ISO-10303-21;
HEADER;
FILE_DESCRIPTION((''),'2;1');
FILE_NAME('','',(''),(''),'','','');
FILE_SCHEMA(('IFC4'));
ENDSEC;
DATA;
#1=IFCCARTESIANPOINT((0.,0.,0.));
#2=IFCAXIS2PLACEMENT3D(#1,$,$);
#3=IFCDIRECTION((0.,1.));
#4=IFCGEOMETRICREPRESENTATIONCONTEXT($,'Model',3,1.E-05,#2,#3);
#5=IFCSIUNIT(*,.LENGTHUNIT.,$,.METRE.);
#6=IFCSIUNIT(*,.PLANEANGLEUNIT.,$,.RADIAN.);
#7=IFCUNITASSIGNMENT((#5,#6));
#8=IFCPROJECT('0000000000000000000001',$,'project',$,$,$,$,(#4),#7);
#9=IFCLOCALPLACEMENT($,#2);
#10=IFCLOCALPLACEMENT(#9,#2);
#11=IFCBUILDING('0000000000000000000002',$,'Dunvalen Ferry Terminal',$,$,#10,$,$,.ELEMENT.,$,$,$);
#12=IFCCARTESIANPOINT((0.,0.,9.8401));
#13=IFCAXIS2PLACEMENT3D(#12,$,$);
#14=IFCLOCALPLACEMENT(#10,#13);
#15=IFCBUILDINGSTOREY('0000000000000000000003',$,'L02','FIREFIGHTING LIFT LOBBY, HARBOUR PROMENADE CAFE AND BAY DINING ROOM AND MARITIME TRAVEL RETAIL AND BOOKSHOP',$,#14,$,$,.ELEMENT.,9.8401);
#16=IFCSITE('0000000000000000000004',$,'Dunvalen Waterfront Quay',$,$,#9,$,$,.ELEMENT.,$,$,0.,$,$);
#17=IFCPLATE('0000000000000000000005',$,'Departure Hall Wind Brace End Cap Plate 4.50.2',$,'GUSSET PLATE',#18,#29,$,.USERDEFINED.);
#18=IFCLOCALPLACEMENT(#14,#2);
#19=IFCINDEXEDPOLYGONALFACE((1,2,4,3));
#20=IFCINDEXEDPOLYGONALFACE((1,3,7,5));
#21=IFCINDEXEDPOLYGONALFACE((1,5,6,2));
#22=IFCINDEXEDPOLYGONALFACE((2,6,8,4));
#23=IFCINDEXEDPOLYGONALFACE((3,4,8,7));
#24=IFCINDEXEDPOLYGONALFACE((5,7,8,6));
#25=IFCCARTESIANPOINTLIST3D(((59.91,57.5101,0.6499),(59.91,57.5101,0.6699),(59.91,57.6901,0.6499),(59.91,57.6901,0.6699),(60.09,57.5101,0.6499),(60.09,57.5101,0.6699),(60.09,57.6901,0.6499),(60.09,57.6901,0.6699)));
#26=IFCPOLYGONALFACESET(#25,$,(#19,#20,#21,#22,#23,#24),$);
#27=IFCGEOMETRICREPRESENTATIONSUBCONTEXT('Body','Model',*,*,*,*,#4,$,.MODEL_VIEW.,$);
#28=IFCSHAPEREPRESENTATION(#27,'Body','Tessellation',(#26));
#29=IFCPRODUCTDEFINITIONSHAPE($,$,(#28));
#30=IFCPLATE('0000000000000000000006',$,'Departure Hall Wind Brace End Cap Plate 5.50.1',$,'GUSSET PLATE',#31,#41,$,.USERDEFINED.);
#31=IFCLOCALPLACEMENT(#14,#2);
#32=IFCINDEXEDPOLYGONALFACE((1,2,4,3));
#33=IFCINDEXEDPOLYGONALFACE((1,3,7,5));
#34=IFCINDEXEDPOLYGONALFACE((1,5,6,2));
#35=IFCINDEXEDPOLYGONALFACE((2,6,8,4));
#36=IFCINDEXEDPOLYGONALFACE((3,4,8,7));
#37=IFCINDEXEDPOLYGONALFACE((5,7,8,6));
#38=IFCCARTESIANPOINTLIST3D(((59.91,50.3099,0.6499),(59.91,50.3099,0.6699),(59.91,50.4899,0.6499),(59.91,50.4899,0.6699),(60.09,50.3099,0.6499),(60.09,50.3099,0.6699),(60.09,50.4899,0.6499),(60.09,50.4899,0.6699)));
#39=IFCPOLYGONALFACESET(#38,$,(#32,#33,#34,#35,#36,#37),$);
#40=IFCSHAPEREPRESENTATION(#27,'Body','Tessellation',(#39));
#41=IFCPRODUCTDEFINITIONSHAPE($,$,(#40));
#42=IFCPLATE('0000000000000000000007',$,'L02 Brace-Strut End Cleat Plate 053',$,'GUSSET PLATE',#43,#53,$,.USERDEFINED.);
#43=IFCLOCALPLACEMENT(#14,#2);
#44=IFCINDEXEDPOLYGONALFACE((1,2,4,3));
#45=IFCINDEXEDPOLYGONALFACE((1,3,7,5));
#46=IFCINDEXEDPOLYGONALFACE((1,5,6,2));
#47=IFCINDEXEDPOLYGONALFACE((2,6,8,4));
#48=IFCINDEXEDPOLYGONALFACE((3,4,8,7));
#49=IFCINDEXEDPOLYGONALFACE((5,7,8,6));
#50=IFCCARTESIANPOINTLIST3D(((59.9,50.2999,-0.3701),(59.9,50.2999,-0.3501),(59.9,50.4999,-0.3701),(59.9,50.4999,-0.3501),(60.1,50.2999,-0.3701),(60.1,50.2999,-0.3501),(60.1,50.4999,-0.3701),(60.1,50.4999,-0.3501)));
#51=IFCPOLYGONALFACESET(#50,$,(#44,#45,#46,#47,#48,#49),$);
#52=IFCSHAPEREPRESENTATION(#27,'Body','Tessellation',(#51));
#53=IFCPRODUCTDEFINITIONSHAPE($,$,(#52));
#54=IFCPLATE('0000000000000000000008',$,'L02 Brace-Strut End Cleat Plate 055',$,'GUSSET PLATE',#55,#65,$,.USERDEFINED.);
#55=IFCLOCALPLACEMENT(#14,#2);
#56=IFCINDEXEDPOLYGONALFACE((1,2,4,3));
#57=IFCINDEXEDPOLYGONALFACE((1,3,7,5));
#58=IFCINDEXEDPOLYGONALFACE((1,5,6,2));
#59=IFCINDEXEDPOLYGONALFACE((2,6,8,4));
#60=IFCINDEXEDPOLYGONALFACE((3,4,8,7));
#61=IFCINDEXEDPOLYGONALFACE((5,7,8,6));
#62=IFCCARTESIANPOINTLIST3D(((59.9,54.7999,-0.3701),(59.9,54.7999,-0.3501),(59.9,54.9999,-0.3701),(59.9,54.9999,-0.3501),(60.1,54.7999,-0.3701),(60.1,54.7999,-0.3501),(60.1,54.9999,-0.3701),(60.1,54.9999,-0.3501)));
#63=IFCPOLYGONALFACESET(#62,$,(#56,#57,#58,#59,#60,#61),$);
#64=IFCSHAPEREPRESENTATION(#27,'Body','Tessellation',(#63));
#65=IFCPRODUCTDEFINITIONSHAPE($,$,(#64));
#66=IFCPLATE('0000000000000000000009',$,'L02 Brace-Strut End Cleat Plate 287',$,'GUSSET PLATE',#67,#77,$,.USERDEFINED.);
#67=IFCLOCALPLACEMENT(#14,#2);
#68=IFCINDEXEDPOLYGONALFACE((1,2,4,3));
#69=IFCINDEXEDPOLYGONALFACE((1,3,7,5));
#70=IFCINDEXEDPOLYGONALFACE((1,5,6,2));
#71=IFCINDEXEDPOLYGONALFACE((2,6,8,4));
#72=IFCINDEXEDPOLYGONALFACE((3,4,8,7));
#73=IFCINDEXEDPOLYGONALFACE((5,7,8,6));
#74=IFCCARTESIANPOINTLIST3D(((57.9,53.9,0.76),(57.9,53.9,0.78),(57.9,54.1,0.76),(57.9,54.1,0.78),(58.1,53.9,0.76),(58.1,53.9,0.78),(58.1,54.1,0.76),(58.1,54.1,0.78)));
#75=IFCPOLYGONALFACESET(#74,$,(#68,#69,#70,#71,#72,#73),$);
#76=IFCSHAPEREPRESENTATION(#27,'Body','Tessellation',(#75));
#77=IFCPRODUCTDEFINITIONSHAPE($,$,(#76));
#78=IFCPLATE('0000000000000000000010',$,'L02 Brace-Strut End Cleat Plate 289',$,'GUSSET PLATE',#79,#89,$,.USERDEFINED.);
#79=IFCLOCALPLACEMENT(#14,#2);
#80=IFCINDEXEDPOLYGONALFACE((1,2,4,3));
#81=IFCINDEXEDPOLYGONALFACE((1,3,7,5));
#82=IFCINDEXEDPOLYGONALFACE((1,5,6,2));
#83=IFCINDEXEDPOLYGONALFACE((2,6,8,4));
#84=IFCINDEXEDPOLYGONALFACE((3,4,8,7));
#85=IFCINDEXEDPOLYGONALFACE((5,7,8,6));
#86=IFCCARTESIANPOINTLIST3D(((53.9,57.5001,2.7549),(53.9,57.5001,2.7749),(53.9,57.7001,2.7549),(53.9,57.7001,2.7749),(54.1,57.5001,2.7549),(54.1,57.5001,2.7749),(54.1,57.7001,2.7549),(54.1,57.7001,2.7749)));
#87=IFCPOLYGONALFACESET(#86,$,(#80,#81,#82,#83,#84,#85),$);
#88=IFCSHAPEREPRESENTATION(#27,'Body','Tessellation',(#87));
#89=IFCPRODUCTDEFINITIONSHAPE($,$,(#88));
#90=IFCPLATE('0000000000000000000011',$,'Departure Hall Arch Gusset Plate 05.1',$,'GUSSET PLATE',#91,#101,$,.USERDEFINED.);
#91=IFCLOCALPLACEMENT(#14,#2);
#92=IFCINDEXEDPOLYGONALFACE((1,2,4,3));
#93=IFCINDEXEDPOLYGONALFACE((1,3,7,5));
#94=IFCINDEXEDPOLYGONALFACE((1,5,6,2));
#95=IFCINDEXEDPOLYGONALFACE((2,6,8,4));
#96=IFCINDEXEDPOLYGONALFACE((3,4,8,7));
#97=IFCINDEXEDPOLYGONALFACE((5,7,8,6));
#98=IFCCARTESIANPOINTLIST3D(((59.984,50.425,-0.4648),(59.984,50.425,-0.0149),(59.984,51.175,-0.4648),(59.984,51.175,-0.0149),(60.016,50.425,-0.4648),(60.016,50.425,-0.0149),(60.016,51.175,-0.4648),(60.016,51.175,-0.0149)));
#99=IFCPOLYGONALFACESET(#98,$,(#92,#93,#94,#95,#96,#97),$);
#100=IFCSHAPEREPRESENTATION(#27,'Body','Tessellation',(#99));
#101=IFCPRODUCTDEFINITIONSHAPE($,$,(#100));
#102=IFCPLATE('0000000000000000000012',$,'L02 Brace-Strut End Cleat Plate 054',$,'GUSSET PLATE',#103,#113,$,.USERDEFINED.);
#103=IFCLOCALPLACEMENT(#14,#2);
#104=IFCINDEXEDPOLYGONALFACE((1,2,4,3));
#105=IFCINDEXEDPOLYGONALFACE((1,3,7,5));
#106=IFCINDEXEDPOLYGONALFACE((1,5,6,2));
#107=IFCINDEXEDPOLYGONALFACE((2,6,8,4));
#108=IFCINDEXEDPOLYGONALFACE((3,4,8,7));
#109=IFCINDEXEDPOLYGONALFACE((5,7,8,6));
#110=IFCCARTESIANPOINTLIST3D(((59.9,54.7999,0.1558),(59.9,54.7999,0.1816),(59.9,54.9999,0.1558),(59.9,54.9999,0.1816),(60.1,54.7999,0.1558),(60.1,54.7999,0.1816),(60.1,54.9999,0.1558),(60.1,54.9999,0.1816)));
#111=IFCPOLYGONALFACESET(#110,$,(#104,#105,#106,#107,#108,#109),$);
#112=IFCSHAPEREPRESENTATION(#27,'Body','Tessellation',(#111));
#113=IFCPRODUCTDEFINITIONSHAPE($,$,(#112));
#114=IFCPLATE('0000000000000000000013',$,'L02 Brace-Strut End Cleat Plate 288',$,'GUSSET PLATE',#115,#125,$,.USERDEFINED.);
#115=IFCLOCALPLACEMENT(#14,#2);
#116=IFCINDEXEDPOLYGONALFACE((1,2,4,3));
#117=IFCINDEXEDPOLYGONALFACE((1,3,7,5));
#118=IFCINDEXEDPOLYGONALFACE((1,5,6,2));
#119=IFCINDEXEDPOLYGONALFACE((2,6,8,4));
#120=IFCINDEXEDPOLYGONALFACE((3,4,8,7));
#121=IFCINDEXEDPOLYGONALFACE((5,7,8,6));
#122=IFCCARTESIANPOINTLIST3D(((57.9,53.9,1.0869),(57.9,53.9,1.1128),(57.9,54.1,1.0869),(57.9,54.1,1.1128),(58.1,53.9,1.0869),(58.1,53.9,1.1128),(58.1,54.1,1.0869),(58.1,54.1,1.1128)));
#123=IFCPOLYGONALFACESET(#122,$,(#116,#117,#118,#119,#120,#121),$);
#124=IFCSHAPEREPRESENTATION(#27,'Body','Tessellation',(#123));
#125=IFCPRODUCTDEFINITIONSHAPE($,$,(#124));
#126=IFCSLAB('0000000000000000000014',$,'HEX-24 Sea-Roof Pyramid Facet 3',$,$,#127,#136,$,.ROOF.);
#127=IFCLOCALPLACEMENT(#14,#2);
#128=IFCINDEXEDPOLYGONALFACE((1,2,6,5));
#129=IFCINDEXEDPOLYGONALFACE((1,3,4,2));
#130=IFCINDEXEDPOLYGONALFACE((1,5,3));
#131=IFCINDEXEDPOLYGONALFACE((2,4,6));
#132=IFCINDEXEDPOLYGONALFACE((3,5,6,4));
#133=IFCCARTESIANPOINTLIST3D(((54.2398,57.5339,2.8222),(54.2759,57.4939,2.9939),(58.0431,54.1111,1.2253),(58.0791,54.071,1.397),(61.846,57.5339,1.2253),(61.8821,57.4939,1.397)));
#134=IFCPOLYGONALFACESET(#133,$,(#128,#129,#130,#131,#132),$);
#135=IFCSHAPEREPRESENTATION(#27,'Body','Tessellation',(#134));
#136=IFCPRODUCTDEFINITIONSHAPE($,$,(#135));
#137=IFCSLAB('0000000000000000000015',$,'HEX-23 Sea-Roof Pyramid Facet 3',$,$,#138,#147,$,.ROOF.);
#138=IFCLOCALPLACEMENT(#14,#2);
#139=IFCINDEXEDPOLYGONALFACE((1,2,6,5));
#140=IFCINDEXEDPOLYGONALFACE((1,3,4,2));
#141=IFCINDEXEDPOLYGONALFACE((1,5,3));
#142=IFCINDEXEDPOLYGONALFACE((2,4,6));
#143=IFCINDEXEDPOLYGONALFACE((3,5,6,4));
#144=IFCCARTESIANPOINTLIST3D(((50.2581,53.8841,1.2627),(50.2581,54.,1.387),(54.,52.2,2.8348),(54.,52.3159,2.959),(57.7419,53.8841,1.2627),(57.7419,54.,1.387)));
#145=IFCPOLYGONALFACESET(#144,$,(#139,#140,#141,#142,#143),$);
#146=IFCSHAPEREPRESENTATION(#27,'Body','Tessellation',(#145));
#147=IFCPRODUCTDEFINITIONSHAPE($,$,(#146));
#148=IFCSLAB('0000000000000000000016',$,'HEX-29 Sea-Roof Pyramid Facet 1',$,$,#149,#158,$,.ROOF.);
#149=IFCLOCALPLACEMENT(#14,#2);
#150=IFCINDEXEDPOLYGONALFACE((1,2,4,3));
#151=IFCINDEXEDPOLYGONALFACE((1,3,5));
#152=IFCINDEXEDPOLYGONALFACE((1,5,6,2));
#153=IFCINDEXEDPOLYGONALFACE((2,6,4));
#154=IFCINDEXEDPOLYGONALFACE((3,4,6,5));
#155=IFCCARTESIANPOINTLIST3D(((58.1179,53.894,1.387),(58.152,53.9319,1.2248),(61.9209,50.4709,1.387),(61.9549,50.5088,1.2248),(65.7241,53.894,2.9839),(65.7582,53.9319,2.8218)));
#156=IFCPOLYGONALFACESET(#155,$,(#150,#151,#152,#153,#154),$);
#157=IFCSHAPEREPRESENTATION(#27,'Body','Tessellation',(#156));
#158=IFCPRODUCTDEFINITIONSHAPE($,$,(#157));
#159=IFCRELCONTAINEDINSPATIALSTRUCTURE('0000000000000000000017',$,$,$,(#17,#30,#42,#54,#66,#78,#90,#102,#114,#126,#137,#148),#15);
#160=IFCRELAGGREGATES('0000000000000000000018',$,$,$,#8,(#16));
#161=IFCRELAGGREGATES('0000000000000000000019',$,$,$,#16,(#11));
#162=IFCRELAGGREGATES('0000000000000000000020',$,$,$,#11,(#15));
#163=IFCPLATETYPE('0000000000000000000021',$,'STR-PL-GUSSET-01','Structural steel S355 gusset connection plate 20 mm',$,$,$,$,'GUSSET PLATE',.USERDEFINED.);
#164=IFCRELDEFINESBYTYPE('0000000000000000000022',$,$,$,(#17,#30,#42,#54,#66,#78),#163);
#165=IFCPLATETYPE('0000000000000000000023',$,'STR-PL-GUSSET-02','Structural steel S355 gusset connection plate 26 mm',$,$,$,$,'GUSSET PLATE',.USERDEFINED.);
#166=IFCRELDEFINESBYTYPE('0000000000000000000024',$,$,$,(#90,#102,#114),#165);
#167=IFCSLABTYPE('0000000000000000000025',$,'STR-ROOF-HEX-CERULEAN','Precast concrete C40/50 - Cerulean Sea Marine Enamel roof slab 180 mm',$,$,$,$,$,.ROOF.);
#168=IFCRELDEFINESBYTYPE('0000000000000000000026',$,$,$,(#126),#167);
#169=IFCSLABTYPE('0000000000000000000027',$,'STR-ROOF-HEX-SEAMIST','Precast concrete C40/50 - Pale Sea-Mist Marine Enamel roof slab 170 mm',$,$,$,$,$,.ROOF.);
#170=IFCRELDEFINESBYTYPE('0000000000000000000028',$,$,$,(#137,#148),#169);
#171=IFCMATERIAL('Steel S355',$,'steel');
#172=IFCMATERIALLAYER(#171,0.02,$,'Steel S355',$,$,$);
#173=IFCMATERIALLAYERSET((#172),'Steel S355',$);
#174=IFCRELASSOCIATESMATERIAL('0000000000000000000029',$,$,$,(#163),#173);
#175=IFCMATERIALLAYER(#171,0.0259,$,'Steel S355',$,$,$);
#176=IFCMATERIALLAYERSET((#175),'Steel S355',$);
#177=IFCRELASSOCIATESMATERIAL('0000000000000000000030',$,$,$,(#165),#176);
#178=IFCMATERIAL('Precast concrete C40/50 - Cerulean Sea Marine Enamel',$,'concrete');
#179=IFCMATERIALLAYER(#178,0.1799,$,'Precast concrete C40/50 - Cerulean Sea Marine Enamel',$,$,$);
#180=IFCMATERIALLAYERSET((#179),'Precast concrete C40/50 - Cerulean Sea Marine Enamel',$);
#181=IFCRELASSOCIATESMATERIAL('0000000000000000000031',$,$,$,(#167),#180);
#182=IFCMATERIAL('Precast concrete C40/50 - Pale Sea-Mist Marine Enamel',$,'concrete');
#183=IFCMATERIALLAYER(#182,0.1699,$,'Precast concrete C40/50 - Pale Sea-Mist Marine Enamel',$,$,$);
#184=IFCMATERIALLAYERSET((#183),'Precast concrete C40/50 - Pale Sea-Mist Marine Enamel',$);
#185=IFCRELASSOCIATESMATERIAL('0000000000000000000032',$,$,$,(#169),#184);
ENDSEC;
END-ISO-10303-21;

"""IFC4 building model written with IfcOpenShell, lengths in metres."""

from ifc_helpers import new_model, si_unit, direction, frame, origin, origin_2d, place, context, subcontext, project, spatial, polyline, rectangle, outline, extrude, material, layer, layer_set, type_object, element, save


model = new_model("IFC4")

# Units and contexts
model_context = context("Model", 3, precision=1e-05, world=origin(), true_north=direction((0.0, 1.0)))
body_context = subcontext(model_context, "Body", "Model", "MODEL_VIEW")
ifc_project = project(units=[si_unit("LENGTHUNIT", "METRE"), si_unit("PLANEANGLEUNIT", "RADIAN")], contexts=[model_context])

# Site, building, storey
site_placement = place(None, origin())
site = spatial("IfcSite", under=ifc_project, at=site_placement, Name="Dunvalen Waterfront Quay", CompositionType="ELEMENT", RefElevation=0.0)
building_placement = place(site_placement, origin())
building = spatial("IfcBuilding", under=site, at=building_placement, Name="Dunvalen Ferry Terminal", CompositionType="ELEMENT")
storey_placement = place(building_placement, frame((0.0, 0.0, 9.8401)))
storey = spatial("IfcBuildingStorey", under=building, at=storey_placement, Name="L02", Description="FIREFIGHTING LIFT LOBBY, HARBOUR PROMENADE CAFE AND BAY DINING ROOM AND MARITIME TRAVEL RETAIL AND BOOKSHOP", CompositionType="ELEMENT", Elevation=9.8401)

# Shared definitions
ifc_material_1 = material(Name="Steel S355", Category="steel")

# Plates
ifc_layer_1 = layer(ifc_material_1, 0.02, Name="Steel S355")
ifc_layer_set_1 = layer_set([ifc_layer_1], Name="Steel S355")
plate_type_1 = type_object("IfcPlateType", Name="STR-PL-GUSSET-01", Description="Structural steel S355 gusset connection plate 20 mm", ElementType="GUSSET PLATE", PredefinedType="USERDEFINED", material=ifc_layer_set_1)
for number, where, z_axis, x_axis, name in (
    (1, (60.0, 57.6001, 0.6499), (0.0, 0.0, 1.0), (1.0, 0.0, 0.0), "Departure Hall Wind Brace End Cap Plate 4.50.2"),
    (2, (60.0, 50.3999, 0.6499), (0.0, 0.0, 1.0), (1.0, 0.0, 0.0), "Departure Hall Wind Brace End Cap Plate 5.50.1"),
):
    element("IfcPlate", number, at=place(storey_placement, frame(where, z_axis=z_axis, x_axis=x_axis)), inside=storey, type_object=plate_type_1, Name=name, ObjectType="GUSSET PLATE", PredefinedType="USERDEFINED", context=body_context, shape_type="SweptSolid", body=[
        extrude(rectangle(XDim=0.1799, YDim=0.1799, at=origin_2d()), origin(), (0.0, 0.0, 1.0), 0.02),
    ])
for number, where, z_axis, x_axis, name in (
    (3, (60.0, 50.3999, -0.3701), (0.0, 0.0, 1.0), (1.0, 0.0, 0.0), "L02 Brace-Strut End Cleat Plate 053"),
    (4, (60.0, 54.8999, -0.3701), (0.0, 0.0, 1.0), (1.0, 0.0, 0.0), "L02 Brace-Strut End Cleat Plate 055"),
    (5, (58.0, 54.0, 0.76), (0.0, 0.0, 1.0), (1.0, 0.0, 0.0), "L02 Brace-Strut End Cleat Plate 287"),
    (6, (54.0, 57.6001, 2.7549), (0.0, 0.0, 1.0), (1.0, 0.0, 0.0), "L02 Brace-Strut End Cleat Plate 289"),
):
    element("IfcPlate", number, at=place(storey_placement, frame(where, z_axis=z_axis, x_axis=x_axis)), inside=storey, type_object=plate_type_1, Name=name, ObjectType="GUSSET PLATE", PredefinedType="USERDEFINED", context=body_context, shape_type="SweptSolid", body=[
        extrude(rectangle(XDim=0.2, YDim=0.2, at=origin_2d()), origin(), (0.0, 0.0, 1.0), 0.02),
    ])
ifc_layer_2 = layer(ifc_material_1, 0.0259, Name="Steel S355")
ifc_layer_set_2 = layer_set([ifc_layer_2], Name="Steel S355")
plate_type_2 = type_object("IfcPlateType", Name="STR-PL-GUSSET-02", Description="Structural steel S355 gusset connection plate 26 mm", ElementType="GUSSET PLATE", PredefinedType="USERDEFINED", material=ifc_layer_set_2)
plate_1_placement = place(storey_placement, frame((60.0, 50.8, -0.4648), z_axis=(0.0, 0.0, 1.0), x_axis=(1.0, 0.0, 0.0)))
element("IfcPlate", 7, at=plate_1_placement, inside=storey, type_object=plate_type_2, Name="Departure Hall Arch Gusset Plate 05.1", ObjectType="GUSSET PLATE", PredefinedType="USERDEFINED", context=body_context, shape_type="SweptSolid", body=[
    extrude(rectangle(XDim=0.032, YDim=0.75, at=origin_2d()), origin(), (0.0, 0.0, 1.0), 0.45),
])
for number, where, z_axis, x_axis, name in (
    (8, (60.0, 54.8999, 0.1558), (0.0, 0.0, 1.0), (1.0, 0.0, 0.0), "L02 Brace-Strut End Cleat Plate 054"),
    (9, (58.0, 54.0, 1.0869), (0.0, 0.0, 1.0), (1.0, 0.0, 0.0), "L02 Brace-Strut End Cleat Plate 288"),
):
    element("IfcPlate", number, at=place(storey_placement, frame(where, z_axis=z_axis, x_axis=x_axis)), inside=storey, type_object=plate_type_2, Name=name, ObjectType="GUSSET PLATE", PredefinedType="USERDEFINED", context=body_context, shape_type="SweptSolid", body=[
        extrude(rectangle(XDim=0.2, YDim=0.2, at=origin_2d()), origin(), (0.0, 0.0, 1.0), 0.0259),
    ])

# Slabs
ifc_material_2 = material(Name="Precast concrete C40/50 - Cerulean Sea Marine Enamel", Category="concrete")
ifc_layer_3 = layer(ifc_material_2, 0.1799, Name="Precast concrete C40/50 - Cerulean Sea Marine Enamel")
ifc_layer_set_3 = layer_set([ifc_layer_3], Name="Precast concrete C40/50 - Cerulean Sea Marine Enamel")
slab_type_1 = type_object("IfcSlabType", Name="STR-ROOF-HEX-CERULEAN", Description="Precast concrete C40/50 - Cerulean Sea Marine Enamel roof slab 180 mm", PredefinedType="ROOF", material=ifc_layer_set_3)
slab_1_placement = place(storey_placement, frame((58.0791, 54.071, 1.397), z_axis=(0.200317, -0.222563, 0.954117), x_axis=(0.743278, 0.668983, 0.0)))
element("IfcSlab", 10, at=slab_1_placement, inside=storey, type_object=slab_type_1, Name="HEX-24 Sea-Roof Pyramid Facet 3", PredefinedType="ROOF", context=body_context, shape_type="SweptSolid", body=[
    extrude(outline(polyline([(0.0, 0.0), (5.1165, 0.0), (-0.537, 5.3331), (0.0, 0.0)])), origin(), (0.0, 0.0, -1.0), 0.1799),
])
ifc_material_3 = material(Name="Precast concrete C40/50 - Pale Sea-Mist Marine Enamel", Category="concrete")
ifc_layer_4 = layer(ifc_material_3, 0.1699, Name="Precast concrete C40/50 - Pale Sea-Mist Marine Enamel")
ifc_layer_set_4 = layer_set([ifc_layer_4], Name="Precast concrete C40/50 - Pale Sea-Mist Marine Enamel")
slab_type_2 = type_object("IfcSlabType", Name="STR-ROOF-HEX-SEAMIST", Description="Precast concrete C40/50 - Pale Sea-Mist Marine Enamel roof slab 170 mm", PredefinedType="ROOF", material=ifc_layer_set_4)
slab_2_placement = place(storey_placement, frame((57.7419, 54.0, 1.387), z_axis=(0.0, 0.682367, 0.731009), x_axis=(-1.0, 0.0, 0.0)))
element("IfcSlab", 11, at=slab_2_placement, inside=storey, type_object=slab_type_2, Name="HEX-23 Sea-Roof Pyramid Facet 3", PredefinedType="ROOF", context=body_context, shape_type="SweptSolid", body=[
    extrude(outline(polyline([(0.0, 0.0), (7.4839, 0.0), (3.7419, 2.3038), (0.0, 0.0)])), origin(), (0.0, 0.0, -1.0), 0.1699),
])
slab_3_placement = place(storey_placement, frame((58.1179, 53.894, 1.387), z_axis=(-0.200318, -0.222548, 0.95412), x_axis=(0.743254, -0.66901, 0.0)))
element("IfcSlab", 12, at=slab_3_placement, inside=storey, type_object=slab_type_2, Name="HEX-29 Sea-Roof Pyramid Facet 1", PredefinedType="ROOF", context=body_context, shape_type="SweptSolid", body=[
    extrude(outline(polyline([(0.0, 0.0), (5.1167, 0.0), (5.6533, 5.3333), (0.0, 0.0)])), origin(), (0.0, 0.0, -1.0), 0.1699),
])

save(model, "model.ifc")
